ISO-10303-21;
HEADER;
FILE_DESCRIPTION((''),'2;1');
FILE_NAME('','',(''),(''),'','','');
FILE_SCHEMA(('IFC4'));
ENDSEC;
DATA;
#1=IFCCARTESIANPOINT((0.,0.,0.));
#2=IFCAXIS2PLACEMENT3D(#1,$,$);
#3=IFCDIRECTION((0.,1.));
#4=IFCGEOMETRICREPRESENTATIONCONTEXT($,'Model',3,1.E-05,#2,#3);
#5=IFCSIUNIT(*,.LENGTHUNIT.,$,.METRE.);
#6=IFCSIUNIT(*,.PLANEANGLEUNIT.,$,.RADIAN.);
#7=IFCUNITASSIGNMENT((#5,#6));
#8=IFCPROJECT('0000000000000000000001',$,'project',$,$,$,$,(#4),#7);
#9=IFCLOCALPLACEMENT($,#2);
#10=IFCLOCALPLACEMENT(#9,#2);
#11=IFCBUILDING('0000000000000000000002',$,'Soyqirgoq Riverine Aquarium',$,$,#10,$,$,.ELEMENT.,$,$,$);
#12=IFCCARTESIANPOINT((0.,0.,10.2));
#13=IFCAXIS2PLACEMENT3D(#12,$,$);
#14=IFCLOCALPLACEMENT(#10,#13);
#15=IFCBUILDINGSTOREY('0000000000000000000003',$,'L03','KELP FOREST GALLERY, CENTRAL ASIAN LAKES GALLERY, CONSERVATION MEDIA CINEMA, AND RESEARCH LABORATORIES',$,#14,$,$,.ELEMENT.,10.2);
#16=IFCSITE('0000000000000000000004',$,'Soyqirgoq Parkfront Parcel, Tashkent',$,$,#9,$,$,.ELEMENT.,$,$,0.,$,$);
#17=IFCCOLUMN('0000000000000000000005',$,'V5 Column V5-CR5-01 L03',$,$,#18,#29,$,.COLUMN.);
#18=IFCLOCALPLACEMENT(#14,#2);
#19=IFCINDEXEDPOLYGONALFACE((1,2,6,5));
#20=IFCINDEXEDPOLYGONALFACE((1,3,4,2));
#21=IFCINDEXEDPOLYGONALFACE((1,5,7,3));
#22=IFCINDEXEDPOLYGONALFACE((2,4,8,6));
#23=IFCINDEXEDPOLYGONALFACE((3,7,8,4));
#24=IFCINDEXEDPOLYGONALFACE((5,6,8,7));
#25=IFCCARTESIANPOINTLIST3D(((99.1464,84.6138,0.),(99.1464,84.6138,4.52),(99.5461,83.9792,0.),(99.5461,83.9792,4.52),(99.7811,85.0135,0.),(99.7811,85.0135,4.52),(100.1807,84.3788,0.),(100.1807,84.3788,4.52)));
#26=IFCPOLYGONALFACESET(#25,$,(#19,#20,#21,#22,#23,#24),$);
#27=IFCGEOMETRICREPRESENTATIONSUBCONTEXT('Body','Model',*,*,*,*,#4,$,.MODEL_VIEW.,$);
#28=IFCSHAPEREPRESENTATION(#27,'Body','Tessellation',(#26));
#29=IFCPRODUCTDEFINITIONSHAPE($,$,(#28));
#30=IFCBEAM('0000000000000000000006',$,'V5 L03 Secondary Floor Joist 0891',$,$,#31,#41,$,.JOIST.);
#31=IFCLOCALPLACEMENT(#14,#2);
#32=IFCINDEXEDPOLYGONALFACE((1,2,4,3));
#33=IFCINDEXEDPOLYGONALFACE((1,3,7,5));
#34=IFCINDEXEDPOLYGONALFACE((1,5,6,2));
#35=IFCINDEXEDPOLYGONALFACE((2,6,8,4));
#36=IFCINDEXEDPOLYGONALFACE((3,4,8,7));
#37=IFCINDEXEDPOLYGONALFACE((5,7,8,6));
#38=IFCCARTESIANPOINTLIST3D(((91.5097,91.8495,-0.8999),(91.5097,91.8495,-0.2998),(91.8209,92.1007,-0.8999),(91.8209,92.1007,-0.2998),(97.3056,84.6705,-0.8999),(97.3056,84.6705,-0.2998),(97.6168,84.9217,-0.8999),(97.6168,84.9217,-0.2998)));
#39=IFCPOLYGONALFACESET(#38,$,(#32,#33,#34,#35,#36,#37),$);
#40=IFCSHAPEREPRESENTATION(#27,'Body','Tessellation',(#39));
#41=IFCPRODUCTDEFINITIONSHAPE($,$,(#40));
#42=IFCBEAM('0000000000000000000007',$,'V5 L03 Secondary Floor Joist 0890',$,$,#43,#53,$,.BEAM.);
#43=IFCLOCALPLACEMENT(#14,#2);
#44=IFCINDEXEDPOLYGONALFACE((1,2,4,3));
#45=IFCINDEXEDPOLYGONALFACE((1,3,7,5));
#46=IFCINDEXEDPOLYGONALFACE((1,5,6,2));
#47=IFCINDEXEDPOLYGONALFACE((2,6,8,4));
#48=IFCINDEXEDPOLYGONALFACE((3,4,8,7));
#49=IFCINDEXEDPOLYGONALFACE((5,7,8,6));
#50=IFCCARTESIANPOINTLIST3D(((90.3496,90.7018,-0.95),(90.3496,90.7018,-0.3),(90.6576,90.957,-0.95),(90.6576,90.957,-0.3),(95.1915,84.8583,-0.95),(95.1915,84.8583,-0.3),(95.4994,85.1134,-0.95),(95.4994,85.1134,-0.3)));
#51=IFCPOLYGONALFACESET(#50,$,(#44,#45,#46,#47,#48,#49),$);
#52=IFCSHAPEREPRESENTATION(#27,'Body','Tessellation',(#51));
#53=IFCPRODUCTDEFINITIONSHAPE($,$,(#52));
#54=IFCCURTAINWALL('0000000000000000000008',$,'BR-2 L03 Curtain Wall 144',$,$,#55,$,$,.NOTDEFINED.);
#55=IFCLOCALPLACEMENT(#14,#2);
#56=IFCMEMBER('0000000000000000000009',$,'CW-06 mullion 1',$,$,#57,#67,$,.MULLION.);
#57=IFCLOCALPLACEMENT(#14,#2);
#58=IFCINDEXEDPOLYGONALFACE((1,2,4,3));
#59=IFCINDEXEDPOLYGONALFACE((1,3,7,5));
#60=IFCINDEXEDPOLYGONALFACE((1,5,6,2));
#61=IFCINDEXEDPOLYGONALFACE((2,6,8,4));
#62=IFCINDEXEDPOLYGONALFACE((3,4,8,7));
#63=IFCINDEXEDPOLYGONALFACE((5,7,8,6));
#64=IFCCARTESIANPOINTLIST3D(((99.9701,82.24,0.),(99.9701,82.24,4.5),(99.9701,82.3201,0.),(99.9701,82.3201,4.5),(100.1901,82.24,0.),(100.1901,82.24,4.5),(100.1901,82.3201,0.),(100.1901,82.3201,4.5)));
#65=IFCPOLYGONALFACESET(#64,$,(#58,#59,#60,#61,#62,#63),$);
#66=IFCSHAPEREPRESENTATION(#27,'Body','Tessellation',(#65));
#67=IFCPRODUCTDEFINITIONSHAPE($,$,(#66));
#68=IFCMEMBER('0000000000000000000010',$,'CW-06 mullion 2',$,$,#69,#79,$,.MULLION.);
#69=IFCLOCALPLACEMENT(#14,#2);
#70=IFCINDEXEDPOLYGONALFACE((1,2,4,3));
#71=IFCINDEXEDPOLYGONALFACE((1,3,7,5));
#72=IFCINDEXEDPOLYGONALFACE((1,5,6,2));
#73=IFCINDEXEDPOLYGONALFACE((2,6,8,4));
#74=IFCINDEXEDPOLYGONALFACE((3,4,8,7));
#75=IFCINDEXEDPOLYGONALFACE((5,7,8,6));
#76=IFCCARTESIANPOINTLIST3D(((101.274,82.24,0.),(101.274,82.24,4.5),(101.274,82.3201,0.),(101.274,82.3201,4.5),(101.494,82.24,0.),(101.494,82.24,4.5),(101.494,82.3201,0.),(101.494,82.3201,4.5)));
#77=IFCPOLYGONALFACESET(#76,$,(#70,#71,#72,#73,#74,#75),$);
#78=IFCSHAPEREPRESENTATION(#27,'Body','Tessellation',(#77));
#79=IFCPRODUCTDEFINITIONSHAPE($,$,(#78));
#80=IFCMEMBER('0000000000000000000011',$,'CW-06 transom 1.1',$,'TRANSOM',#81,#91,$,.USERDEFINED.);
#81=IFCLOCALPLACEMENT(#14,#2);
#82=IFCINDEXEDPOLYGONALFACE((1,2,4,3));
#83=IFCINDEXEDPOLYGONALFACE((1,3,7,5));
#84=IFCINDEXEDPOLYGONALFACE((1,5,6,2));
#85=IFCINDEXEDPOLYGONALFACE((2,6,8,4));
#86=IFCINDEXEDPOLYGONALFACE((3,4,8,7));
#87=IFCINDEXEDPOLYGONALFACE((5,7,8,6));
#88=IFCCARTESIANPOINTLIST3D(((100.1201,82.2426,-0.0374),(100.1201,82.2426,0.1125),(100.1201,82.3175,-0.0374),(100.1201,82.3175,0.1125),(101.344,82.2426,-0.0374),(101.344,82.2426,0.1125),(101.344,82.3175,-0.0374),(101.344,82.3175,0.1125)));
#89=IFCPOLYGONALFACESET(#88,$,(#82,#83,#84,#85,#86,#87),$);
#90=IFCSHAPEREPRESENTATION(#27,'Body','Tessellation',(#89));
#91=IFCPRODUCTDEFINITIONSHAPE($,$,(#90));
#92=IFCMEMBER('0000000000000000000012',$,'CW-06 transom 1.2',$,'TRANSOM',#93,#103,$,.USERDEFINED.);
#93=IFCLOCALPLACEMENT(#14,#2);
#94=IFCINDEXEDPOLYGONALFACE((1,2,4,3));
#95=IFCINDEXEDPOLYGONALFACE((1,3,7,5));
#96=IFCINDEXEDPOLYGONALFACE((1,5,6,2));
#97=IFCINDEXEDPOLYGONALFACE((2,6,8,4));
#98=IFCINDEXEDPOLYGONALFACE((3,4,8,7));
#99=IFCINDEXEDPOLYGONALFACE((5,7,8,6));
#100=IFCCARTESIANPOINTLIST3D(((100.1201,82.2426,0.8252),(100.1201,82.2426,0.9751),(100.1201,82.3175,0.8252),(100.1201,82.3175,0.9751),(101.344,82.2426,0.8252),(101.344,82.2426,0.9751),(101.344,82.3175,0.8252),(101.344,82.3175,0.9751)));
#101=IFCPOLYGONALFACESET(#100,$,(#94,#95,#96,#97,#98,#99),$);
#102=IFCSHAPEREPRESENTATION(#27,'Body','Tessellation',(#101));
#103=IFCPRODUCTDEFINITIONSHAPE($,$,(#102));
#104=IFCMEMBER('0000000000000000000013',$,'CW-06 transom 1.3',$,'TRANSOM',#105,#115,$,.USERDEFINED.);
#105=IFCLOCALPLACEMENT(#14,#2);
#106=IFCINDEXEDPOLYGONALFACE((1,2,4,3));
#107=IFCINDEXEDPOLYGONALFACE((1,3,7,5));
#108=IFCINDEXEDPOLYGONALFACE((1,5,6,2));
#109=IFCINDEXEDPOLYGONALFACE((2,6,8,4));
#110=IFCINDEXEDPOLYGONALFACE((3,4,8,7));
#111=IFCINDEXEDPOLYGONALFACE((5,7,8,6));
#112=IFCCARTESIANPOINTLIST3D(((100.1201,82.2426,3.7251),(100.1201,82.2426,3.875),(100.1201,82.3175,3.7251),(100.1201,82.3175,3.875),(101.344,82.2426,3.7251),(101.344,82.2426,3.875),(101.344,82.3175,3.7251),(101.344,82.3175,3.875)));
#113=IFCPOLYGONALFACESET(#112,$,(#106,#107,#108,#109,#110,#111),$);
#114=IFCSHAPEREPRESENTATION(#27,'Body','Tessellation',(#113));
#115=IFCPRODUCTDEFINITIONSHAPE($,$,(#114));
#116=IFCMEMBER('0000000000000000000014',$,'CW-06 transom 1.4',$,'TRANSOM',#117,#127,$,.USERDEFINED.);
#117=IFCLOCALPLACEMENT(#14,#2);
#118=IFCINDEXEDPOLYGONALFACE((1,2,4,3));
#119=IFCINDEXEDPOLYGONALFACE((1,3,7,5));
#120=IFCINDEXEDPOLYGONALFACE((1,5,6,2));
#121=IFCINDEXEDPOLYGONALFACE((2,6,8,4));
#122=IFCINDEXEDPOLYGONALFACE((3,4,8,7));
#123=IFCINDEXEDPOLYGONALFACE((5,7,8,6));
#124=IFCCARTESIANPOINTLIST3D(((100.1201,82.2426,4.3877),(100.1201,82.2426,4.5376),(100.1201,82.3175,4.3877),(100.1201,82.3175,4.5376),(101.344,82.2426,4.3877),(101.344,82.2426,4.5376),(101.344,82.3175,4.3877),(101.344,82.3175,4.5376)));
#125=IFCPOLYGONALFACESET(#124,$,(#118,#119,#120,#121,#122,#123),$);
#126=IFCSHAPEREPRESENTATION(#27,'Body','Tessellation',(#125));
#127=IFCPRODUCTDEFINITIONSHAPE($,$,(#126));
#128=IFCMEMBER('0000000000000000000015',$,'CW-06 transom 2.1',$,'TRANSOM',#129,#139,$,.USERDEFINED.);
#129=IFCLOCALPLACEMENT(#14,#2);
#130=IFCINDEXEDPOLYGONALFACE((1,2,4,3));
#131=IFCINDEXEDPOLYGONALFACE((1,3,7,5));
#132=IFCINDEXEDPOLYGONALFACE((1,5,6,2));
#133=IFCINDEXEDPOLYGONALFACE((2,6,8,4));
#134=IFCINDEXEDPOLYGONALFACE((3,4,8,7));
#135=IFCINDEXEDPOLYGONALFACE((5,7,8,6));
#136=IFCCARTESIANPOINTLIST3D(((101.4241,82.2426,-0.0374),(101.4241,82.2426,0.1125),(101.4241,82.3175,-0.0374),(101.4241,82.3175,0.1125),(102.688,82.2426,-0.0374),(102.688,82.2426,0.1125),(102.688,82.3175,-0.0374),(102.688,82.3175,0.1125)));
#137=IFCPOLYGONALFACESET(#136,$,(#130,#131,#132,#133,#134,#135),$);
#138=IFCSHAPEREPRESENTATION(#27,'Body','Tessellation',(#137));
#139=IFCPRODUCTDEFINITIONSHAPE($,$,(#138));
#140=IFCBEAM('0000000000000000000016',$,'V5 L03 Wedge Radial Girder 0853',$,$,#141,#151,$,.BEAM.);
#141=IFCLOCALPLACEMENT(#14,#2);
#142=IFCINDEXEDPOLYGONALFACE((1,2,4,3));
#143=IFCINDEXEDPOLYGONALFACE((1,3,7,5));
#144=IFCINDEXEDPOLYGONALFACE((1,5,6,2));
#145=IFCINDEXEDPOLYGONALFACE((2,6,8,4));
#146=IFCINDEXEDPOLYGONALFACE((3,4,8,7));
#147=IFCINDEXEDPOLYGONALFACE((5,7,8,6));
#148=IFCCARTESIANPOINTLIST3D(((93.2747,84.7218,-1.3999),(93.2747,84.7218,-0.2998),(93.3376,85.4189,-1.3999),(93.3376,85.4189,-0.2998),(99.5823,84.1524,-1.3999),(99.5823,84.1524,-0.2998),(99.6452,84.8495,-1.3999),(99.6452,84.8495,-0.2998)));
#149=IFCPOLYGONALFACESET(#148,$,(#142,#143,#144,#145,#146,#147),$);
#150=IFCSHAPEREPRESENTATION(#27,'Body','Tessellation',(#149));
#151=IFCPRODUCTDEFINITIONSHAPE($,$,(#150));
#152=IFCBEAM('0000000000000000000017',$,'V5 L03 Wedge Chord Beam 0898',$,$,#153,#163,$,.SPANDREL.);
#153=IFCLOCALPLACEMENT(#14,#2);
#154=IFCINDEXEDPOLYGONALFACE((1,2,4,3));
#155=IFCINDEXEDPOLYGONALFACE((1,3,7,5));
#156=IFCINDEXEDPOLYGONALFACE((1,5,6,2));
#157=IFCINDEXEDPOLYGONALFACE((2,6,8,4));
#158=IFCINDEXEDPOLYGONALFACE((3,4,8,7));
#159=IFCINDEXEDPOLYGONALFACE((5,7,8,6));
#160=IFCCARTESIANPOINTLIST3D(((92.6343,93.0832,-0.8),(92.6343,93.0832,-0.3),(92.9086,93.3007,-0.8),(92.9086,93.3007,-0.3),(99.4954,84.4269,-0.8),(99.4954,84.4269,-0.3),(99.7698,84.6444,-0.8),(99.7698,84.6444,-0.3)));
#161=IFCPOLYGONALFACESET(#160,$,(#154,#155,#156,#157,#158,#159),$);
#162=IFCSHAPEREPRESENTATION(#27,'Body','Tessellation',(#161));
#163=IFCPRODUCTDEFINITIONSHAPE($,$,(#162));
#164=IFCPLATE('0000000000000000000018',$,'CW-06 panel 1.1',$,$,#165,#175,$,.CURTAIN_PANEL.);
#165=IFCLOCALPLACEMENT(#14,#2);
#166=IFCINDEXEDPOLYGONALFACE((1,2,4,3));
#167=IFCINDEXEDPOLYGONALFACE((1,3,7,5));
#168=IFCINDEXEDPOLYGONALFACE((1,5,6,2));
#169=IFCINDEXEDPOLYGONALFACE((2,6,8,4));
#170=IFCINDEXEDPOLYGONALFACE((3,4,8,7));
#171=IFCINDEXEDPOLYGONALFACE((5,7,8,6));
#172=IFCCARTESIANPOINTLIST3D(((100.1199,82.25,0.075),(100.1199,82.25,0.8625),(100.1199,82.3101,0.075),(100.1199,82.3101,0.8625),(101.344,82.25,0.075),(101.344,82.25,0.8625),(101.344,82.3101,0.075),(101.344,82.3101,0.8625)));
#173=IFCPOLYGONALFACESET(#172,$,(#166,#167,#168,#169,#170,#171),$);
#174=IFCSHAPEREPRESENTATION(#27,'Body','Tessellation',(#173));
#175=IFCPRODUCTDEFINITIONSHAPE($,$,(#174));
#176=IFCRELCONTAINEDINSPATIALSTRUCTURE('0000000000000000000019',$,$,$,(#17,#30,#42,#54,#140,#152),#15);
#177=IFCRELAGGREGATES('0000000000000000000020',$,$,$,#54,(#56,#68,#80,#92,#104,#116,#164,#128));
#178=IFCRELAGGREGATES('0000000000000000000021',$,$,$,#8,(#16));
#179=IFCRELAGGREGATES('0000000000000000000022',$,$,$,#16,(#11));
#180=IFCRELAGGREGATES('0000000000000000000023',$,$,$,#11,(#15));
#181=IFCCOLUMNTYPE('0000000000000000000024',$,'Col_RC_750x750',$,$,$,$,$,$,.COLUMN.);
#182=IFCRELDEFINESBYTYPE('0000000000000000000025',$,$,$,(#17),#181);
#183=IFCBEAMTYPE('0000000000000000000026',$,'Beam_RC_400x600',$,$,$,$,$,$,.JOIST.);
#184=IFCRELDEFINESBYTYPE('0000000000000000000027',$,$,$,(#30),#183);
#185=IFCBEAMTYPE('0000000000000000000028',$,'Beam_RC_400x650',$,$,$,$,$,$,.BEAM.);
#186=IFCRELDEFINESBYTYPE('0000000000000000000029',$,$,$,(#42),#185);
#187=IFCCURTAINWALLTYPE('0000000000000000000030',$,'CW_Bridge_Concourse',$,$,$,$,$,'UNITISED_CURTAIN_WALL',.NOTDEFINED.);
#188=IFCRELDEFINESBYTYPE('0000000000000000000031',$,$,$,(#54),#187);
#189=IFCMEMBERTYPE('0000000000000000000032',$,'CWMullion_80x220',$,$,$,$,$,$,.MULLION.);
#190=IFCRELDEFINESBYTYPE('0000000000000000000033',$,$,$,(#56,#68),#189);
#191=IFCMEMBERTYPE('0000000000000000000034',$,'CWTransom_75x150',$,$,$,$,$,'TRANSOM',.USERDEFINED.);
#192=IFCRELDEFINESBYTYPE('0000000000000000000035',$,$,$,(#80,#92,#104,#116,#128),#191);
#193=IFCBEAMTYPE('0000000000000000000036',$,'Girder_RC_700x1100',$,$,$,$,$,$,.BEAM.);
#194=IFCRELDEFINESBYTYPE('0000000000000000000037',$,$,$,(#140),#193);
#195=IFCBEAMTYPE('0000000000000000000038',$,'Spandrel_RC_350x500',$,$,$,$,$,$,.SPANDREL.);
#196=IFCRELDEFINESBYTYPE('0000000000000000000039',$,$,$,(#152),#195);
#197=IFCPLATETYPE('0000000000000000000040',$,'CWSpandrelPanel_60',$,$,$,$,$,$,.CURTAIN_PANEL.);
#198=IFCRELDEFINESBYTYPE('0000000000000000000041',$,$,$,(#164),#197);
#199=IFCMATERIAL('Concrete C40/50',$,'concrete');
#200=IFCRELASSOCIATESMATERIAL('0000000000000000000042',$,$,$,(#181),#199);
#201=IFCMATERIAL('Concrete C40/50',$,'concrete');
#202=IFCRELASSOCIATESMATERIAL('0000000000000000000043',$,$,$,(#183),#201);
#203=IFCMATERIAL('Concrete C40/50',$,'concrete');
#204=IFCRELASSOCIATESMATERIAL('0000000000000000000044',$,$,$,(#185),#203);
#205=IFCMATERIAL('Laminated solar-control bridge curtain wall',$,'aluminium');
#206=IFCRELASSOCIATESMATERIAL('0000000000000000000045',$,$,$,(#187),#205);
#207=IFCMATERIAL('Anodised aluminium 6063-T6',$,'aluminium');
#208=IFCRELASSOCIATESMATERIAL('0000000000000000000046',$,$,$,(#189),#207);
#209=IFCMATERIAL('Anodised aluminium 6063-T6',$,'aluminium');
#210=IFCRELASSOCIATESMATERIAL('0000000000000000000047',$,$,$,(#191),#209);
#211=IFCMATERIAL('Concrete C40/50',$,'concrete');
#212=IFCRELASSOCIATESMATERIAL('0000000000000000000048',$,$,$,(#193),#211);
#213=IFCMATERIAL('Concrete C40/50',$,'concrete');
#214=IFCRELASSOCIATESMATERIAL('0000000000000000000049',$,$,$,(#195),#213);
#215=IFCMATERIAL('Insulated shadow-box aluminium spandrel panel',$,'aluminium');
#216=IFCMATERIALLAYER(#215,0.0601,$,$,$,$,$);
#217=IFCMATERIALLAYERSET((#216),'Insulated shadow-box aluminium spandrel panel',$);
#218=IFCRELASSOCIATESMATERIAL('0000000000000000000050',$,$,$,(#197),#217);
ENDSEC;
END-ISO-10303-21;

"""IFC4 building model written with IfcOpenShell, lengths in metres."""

from ifc_helpers import new_model, si_unit, direction, frame, origin, origin_2d, place, context, subcontext, project, spatial, rectangle, extrude, material, layer, layer_set, material_profile, profile_set, type_object, element, aggregate, save


model = new_model("IFC4")

# Units and contexts
model_context = context("Model", 3, precision=1e-05, world=origin(), true_north=direction((0.0, 1.0)))
body_context = subcontext(model_context, "Body", "Model", "MODEL_VIEW")
ifc_project = project(units=[si_unit("LENGTHUNIT", "METRE"), si_unit("PLANEANGLEUNIT", "RADIAN")], contexts=[model_context])

# Site, building, storey
site_placement = place(None, origin())
site = spatial("IfcSite", under=ifc_project, at=site_placement, Name="Soyqirgoq Parkfront Parcel, Tashkent", CompositionType="ELEMENT", RefElevation=0.0)
building_placement = place(site_placement, origin())
building = spatial("IfcBuilding", under=site, at=building_placement, Name="Soyqirgoq Riverine Aquarium", CompositionType="ELEMENT")
storey_placement = place(building_placement, frame((0.0, 0.0, 10.2)))
storey = spatial("IfcBuildingStorey", under=building, at=storey_placement, Name="L03", Description="KELP FOREST GALLERY, CENTRAL ASIAN LAKES GALLERY, CONSERVATION MEDIA CINEMA, AND RESEARCH LABORATORIES", CompositionType="ELEMENT", Elevation=10.2)

# Column
ifc_material_1 = material(Name="Concrete C40/50", Category="concrete")
ifc_material_profile_1 = material_profile(ifc_material_1, rectangle(XDim=0.75, YDim=0.75, at=origin_2d()), Name="RC 750x750")
ifc_profile_set_1 = profile_set([ifc_material_profile_1], Name="Concrete C40/50")
column_type = type_object("IfcColumnType", Name="Col_RC_750x750", PredefinedType="COLUMN", material=ifc_profile_set_1)
column_placement = place(storey_placement, frame((99.6636, 84.4963, 0.0), z_axis=(0.0, 0.0, 1.0), x_axis=(0.846193, 0.532876, 0.0)))
element("IfcColumn", 1, at=column_placement, inside=storey, type_object=column_type, Name="V5 Column V5-CR5-01 L03", PredefinedType="COLUMN", context=body_context, shape_type="SweptSolid", body=[
    extrude(rectangle(XDim=0.75, YDim=0.75, at=origin_2d()), origin(), (0.0, 0.0, 1.0), 4.52),
])

# Beams
ifc_material_2 = material(Name="Concrete C40/50", Category="concrete")
ifc_material_profile_2 = material_profile(ifc_material_2, rectangle(XDim=0.3999, YDim=0.6001, at=origin_2d()), Name="RC 400x600")
ifc_profile_set_2 = profile_set([ifc_material_profile_2], Name="Concrete C40/50")
beam_type_1 = type_object("IfcBeamType", Name="Beam_RC_400x600", PredefinedType="JOIST", material=ifc_profile_set_2)
beam_1_placement = place(storey_placement, frame((97.4612, 84.7961, -0.5999), z_axis=(-0.628174, 0.778073, 0.0), x_axis=(-0.778073, -0.628174, 0.0)))
element("IfcBeam", 2, at=beam_1_placement, inside=storey, type_object=beam_type_1, Name="V5 L03 Secondary Floor Joist 0891", PredefinedType="JOIST", context=body_context, shape_type="SweptSolid", body=[
    extrude(rectangle(XDim=0.3999, YDim=0.6001, at=origin_2d()), origin(), (0.0, 0.0, 1.0), 9.2266),
])
ifc_material_3 = material(Name="Concrete C40/50", Category="concrete")
ifc_material_profile_3 = material_profile(ifc_material_3, rectangle(XDim=0.3999, YDim=0.6499, at=origin_2d()), Name="RC 400x650")
ifc_profile_set_3 = profile_set([ifc_material_profile_3], Name="Concrete C40/50")
beam_type_2 = type_object("IfcBeamType", Name="Beam_RC_400x650", PredefinedType="BEAM", material=ifc_profile_set_3)
beam_2_placement = place(storey_placement, frame((95.3455, 84.9858, -0.625), z_axis=(-0.638021, 0.770019, 0.0), x_axis=(-0.770019, -0.638021, 0.0)))
element("IfcBeam", 3, at=beam_2_placement, inside=storey, type_object=beam_type_2, Name="V5 L03 Secondary Floor Joist 0890", PredefinedType="BEAM", context=body_context, shape_type="SweptSolid", body=[
    extrude(rectangle(XDim=0.3999, YDim=0.6499, at=origin_2d()), origin(), (0.0, 0.0, 1.0), 7.5889),
])

# Curtain wall, members
ifc_material_4 = material(Name="Laminated solar-control bridge curtain wall", Category="aluminium")
curtain_wall_type = type_object("IfcCurtainWallType", Name="CW_Bridge_Concourse", ElementType="UNITISED_CURTAIN_WALL", PredefinedType="NOTDEFINED", material=ifc_material_4)
curtain_wall_placement = place(storey_placement, origin())
curtain_wall = element("IfcCurtainWall", 4, at=curtain_wall_placement, inside=storey, type_object=curtain_wall_type, Name="BR-2 L03 Curtain Wall 144", PredefinedType="NOTDEFINED")
ifc_material_5 = material(Name="Anodised aluminium 6063-T6", Category="aluminium")
ifc_material_profile_4 = material_profile(ifc_material_5, rectangle(XDim=0.0801, YDim=0.22, at=origin_2d()), Name="ALU-M 80x220")
ifc_profile_set_4 = profile_set([ifc_material_profile_4], Name="Anodised aluminium 6063-T6")
member_type_1 = type_object("IfcMemberType", Name="CWMullion_80x220", PredefinedType="MULLION", material=ifc_profile_set_4)
member_1_placement = place(storey_placement, frame((100.0801, 82.28, 0.0), z_axis=(0.0, 0.0, 1.0), x_axis=(0.0, 1.0, 0.0)))
member_1 = element("IfcMember", 5, at=member_1_placement, type_object=member_type_1, Name="CW-06 mullion 1", PredefinedType="MULLION", context=body_context, shape_type="SweptSolid", body=[
    extrude(rectangle(XDim=0.0801, YDim=0.22, at=origin_2d()), origin(), (0.0, 0.0, 1.0), 4.5),
])
member_2_placement = place(storey_placement, frame((101.384, 82.28, 0.0), z_axis=(0.0, 0.0, 1.0), x_axis=(0.0, 1.0, 0.0)))
member_2 = element("IfcMember", 6, at=member_2_placement, type_object=member_type_1, Name="CW-06 mullion 2", PredefinedType="MULLION", context=body_context, shape_type="SweptSolid", body=[
    extrude(rectangle(XDim=0.0801, YDim=0.22, at=origin_2d()), origin(), (0.0, 0.0, 1.0), 4.5),
])
ifc_material_6 = material(Name="Anodised aluminium 6063-T6", Category="aluminium")
ifc_material_profile_5 = material_profile(ifc_material_6, rectangle(XDim=0.075, YDim=0.1499, at=origin_2d()), Name="ALU-T 75x150")
ifc_profile_set_5 = profile_set([ifc_material_profile_5], Name="Anodised aluminium 6063-T6")
member_type_2 = type_object("IfcMemberType", Name="CWTransom_75x150", ElementType="TRANSOM", PredefinedType="USERDEFINED", material=ifc_profile_set_5)
member_3_placement = place(storey_placement, frame((100.1201, 82.28, 0.0376), z_axis=(1.0, 0.0, 0.0), x_axis=(0.0, 1.0, 0.0)))
member_3 = element("IfcMember", 7, at=member_3_placement, type_object=member_type_2, Name="CW-06 transom 1.1", ObjectType="TRANSOM", PredefinedType="USERDEFINED", context=body_context, shape_type="SweptSolid", body=[
    extrude(rectangle(XDim=0.075, YDim=0.1499, at=origin_2d()), origin(), (0.0, 0.0, 1.0), 1.2239),
])
member_4_placement = place(storey_placement, frame((100.1201, 82.28, 0.9001), z_axis=(1.0, 0.0, 0.0), x_axis=(0.0, 1.0, 0.0)))
member_4 = element("IfcMember", 8, at=member_4_placement, type_object=member_type_2, Name="CW-06 transom 1.2", ObjectType="TRANSOM", PredefinedType="USERDEFINED", context=body_context, shape_type="SweptSolid", body=[
    extrude(rectangle(XDim=0.075, YDim=0.1499, at=origin_2d()), origin(), (0.0, 0.0, 1.0), 1.2239),
])
member_5_placement = place(storey_placement, frame((100.1201, 82.28, 3.8), z_axis=(1.0, 0.0, 0.0), x_axis=(0.0, 1.0, 0.0)))
member_5 = element("IfcMember", 9, at=member_5_placement, type_object=member_type_2, Name="CW-06 transom 1.3", ObjectType="TRANSOM", PredefinedType="USERDEFINED", context=body_context, shape_type="SweptSolid", body=[
    extrude(rectangle(XDim=0.075, YDim=0.1499, at=origin_2d()), origin(), (0.0, 0.0, 1.0), 1.2239),
])
member_6_placement = place(storey_placement, frame((100.1201, 82.28, 4.4626), z_axis=(1.0, 0.0, 0.0), x_axis=(0.0, 1.0, 0.0)))
member_6 = element("IfcMember", 10, at=member_6_placement, type_object=member_type_2, Name="CW-06 transom 1.4", ObjectType="TRANSOM", PredefinedType="USERDEFINED", context=body_context, shape_type="SweptSolid", body=[
    extrude(rectangle(XDim=0.075, YDim=0.1499, at=origin_2d()), origin(), (0.0, 0.0, 1.0), 1.2239),
])
member_7_placement = place(storey_placement, frame((101.4241, 82.28, 0.0376), z_axis=(1.0, 0.0, 0.0), x_axis=(0.0, 1.0, 0.0)))
member_7 = element("IfcMember", 11, at=member_7_placement, type_object=member_type_2, Name="CW-06 transom 2.1", ObjectType="TRANSOM", PredefinedType="USERDEFINED", context=body_context, shape_type="SweptSolid", body=[
    extrude(rectangle(XDim=0.075, YDim=0.1499, at=origin_2d()), origin(), (0.0, 0.0, 1.0), 1.2639),
])

# Beams
ifc_material_7 = material(Name="Concrete C40/50", Category="concrete")
ifc_material_profile_6 = material_profile(ifc_material_7, rectangle(XDim=0.7, YDim=1.1001, at=origin_2d()), Name="RC 700x1100")
ifc_profile_set_6 = profile_set([ifc_material_profile_6], Name="Concrete C40/50")
beam_type_3 = type_object("IfcBeamType", Name="Girder_RC_700x1100", PredefinedType="BEAM", material=ifc_profile_set_6)
beam_3_placement = place(storey_placement, frame((93.3062, 85.0703, -0.8499), z_axis=(0.995951, -0.089896, 0.0), x_axis=(0.089896, 0.995951, 0.0)))
element("IfcBeam", 12, at=beam_3_placement, inside=storey, type_object=beam_type_3, Name="V5 L03 Wedge Radial Girder 0853", PredefinedType="BEAM", context=body_context, shape_type="SweptSolid", body=[
    extrude(rectangle(XDim=0.7, YDim=1.1001, at=origin_2d()), origin(), (0.0, 0.0, 1.0), 6.3333),
])
ifc_material_8 = material(Name="Concrete C40/50", Category="concrete")
ifc_material_profile_7 = material_profile(ifc_material_8, rectangle(XDim=0.3501, YDim=0.5, at=origin_2d()), Name="RC 350x500")
ifc_profile_set_7 = profile_set([ifc_material_profile_7], Name="Concrete C40/50")
beam_type_4 = type_object("IfcBeamType", Name="Spandrel_RC_350x500", PredefinedType="SPANDREL", material=ifc_profile_set_7)
beam_4_placement = place(storey_placement, frame((99.6326, 84.5356, -0.55), z_axis=(-0.62116, 0.783684, 0.0), x_axis=(-0.783684, -0.62116, 0.0)))
element("IfcBeam", 13, at=beam_4_placement, inside=storey, type_object=beam_type_4, Name="V5 L03 Wedge Chord Beam 0898", PredefinedType="SPANDREL", context=body_context, shape_type="SweptSolid", body=[
    extrude(rectangle(XDim=0.3501, YDim=0.5, at=origin_2d()), origin(), (0.0, 0.0, 1.0), 11.0457),
])

# Plate
ifc_material_9 = material(Name="Insulated shadow-box aluminium spandrel panel", Category="aluminium")
ifc_layer_1 = layer(ifc_material_9, 0.0601)
ifc_layer_set_1 = layer_set([ifc_layer_1], Name="Insulated shadow-box aluminium spandrel panel")
plate_type = type_object("IfcPlateType", Name="CWSpandrelPanel_60", PredefinedType="CURTAIN_PANEL", material=ifc_layer_set_1)
plate_1_placement = place(storey_placement, frame((100.7319, 82.28, 0.075), z_axis=(0.0, 0.0, 1.0), x_axis=(1.0, 0.0, 0.0)))
plate_1 = element("IfcPlate", 14, at=plate_1_placement, type_object=plate_type, Name="CW-06 panel 1.1", PredefinedType="CURTAIN_PANEL", context=body_context, shape_type="SweptSolid", body=[
    extrude(rectangle(XDim=1.2241, YDim=0.0601, at=origin_2d()), origin(), (0.0, 0.0, 1.0), 0.7876),
])
aggregate(curtain_wall, [member_1, member_2, member_3, member_4, member_5, member_6, plate_1, member_7])

save(model, "model.ifc")
